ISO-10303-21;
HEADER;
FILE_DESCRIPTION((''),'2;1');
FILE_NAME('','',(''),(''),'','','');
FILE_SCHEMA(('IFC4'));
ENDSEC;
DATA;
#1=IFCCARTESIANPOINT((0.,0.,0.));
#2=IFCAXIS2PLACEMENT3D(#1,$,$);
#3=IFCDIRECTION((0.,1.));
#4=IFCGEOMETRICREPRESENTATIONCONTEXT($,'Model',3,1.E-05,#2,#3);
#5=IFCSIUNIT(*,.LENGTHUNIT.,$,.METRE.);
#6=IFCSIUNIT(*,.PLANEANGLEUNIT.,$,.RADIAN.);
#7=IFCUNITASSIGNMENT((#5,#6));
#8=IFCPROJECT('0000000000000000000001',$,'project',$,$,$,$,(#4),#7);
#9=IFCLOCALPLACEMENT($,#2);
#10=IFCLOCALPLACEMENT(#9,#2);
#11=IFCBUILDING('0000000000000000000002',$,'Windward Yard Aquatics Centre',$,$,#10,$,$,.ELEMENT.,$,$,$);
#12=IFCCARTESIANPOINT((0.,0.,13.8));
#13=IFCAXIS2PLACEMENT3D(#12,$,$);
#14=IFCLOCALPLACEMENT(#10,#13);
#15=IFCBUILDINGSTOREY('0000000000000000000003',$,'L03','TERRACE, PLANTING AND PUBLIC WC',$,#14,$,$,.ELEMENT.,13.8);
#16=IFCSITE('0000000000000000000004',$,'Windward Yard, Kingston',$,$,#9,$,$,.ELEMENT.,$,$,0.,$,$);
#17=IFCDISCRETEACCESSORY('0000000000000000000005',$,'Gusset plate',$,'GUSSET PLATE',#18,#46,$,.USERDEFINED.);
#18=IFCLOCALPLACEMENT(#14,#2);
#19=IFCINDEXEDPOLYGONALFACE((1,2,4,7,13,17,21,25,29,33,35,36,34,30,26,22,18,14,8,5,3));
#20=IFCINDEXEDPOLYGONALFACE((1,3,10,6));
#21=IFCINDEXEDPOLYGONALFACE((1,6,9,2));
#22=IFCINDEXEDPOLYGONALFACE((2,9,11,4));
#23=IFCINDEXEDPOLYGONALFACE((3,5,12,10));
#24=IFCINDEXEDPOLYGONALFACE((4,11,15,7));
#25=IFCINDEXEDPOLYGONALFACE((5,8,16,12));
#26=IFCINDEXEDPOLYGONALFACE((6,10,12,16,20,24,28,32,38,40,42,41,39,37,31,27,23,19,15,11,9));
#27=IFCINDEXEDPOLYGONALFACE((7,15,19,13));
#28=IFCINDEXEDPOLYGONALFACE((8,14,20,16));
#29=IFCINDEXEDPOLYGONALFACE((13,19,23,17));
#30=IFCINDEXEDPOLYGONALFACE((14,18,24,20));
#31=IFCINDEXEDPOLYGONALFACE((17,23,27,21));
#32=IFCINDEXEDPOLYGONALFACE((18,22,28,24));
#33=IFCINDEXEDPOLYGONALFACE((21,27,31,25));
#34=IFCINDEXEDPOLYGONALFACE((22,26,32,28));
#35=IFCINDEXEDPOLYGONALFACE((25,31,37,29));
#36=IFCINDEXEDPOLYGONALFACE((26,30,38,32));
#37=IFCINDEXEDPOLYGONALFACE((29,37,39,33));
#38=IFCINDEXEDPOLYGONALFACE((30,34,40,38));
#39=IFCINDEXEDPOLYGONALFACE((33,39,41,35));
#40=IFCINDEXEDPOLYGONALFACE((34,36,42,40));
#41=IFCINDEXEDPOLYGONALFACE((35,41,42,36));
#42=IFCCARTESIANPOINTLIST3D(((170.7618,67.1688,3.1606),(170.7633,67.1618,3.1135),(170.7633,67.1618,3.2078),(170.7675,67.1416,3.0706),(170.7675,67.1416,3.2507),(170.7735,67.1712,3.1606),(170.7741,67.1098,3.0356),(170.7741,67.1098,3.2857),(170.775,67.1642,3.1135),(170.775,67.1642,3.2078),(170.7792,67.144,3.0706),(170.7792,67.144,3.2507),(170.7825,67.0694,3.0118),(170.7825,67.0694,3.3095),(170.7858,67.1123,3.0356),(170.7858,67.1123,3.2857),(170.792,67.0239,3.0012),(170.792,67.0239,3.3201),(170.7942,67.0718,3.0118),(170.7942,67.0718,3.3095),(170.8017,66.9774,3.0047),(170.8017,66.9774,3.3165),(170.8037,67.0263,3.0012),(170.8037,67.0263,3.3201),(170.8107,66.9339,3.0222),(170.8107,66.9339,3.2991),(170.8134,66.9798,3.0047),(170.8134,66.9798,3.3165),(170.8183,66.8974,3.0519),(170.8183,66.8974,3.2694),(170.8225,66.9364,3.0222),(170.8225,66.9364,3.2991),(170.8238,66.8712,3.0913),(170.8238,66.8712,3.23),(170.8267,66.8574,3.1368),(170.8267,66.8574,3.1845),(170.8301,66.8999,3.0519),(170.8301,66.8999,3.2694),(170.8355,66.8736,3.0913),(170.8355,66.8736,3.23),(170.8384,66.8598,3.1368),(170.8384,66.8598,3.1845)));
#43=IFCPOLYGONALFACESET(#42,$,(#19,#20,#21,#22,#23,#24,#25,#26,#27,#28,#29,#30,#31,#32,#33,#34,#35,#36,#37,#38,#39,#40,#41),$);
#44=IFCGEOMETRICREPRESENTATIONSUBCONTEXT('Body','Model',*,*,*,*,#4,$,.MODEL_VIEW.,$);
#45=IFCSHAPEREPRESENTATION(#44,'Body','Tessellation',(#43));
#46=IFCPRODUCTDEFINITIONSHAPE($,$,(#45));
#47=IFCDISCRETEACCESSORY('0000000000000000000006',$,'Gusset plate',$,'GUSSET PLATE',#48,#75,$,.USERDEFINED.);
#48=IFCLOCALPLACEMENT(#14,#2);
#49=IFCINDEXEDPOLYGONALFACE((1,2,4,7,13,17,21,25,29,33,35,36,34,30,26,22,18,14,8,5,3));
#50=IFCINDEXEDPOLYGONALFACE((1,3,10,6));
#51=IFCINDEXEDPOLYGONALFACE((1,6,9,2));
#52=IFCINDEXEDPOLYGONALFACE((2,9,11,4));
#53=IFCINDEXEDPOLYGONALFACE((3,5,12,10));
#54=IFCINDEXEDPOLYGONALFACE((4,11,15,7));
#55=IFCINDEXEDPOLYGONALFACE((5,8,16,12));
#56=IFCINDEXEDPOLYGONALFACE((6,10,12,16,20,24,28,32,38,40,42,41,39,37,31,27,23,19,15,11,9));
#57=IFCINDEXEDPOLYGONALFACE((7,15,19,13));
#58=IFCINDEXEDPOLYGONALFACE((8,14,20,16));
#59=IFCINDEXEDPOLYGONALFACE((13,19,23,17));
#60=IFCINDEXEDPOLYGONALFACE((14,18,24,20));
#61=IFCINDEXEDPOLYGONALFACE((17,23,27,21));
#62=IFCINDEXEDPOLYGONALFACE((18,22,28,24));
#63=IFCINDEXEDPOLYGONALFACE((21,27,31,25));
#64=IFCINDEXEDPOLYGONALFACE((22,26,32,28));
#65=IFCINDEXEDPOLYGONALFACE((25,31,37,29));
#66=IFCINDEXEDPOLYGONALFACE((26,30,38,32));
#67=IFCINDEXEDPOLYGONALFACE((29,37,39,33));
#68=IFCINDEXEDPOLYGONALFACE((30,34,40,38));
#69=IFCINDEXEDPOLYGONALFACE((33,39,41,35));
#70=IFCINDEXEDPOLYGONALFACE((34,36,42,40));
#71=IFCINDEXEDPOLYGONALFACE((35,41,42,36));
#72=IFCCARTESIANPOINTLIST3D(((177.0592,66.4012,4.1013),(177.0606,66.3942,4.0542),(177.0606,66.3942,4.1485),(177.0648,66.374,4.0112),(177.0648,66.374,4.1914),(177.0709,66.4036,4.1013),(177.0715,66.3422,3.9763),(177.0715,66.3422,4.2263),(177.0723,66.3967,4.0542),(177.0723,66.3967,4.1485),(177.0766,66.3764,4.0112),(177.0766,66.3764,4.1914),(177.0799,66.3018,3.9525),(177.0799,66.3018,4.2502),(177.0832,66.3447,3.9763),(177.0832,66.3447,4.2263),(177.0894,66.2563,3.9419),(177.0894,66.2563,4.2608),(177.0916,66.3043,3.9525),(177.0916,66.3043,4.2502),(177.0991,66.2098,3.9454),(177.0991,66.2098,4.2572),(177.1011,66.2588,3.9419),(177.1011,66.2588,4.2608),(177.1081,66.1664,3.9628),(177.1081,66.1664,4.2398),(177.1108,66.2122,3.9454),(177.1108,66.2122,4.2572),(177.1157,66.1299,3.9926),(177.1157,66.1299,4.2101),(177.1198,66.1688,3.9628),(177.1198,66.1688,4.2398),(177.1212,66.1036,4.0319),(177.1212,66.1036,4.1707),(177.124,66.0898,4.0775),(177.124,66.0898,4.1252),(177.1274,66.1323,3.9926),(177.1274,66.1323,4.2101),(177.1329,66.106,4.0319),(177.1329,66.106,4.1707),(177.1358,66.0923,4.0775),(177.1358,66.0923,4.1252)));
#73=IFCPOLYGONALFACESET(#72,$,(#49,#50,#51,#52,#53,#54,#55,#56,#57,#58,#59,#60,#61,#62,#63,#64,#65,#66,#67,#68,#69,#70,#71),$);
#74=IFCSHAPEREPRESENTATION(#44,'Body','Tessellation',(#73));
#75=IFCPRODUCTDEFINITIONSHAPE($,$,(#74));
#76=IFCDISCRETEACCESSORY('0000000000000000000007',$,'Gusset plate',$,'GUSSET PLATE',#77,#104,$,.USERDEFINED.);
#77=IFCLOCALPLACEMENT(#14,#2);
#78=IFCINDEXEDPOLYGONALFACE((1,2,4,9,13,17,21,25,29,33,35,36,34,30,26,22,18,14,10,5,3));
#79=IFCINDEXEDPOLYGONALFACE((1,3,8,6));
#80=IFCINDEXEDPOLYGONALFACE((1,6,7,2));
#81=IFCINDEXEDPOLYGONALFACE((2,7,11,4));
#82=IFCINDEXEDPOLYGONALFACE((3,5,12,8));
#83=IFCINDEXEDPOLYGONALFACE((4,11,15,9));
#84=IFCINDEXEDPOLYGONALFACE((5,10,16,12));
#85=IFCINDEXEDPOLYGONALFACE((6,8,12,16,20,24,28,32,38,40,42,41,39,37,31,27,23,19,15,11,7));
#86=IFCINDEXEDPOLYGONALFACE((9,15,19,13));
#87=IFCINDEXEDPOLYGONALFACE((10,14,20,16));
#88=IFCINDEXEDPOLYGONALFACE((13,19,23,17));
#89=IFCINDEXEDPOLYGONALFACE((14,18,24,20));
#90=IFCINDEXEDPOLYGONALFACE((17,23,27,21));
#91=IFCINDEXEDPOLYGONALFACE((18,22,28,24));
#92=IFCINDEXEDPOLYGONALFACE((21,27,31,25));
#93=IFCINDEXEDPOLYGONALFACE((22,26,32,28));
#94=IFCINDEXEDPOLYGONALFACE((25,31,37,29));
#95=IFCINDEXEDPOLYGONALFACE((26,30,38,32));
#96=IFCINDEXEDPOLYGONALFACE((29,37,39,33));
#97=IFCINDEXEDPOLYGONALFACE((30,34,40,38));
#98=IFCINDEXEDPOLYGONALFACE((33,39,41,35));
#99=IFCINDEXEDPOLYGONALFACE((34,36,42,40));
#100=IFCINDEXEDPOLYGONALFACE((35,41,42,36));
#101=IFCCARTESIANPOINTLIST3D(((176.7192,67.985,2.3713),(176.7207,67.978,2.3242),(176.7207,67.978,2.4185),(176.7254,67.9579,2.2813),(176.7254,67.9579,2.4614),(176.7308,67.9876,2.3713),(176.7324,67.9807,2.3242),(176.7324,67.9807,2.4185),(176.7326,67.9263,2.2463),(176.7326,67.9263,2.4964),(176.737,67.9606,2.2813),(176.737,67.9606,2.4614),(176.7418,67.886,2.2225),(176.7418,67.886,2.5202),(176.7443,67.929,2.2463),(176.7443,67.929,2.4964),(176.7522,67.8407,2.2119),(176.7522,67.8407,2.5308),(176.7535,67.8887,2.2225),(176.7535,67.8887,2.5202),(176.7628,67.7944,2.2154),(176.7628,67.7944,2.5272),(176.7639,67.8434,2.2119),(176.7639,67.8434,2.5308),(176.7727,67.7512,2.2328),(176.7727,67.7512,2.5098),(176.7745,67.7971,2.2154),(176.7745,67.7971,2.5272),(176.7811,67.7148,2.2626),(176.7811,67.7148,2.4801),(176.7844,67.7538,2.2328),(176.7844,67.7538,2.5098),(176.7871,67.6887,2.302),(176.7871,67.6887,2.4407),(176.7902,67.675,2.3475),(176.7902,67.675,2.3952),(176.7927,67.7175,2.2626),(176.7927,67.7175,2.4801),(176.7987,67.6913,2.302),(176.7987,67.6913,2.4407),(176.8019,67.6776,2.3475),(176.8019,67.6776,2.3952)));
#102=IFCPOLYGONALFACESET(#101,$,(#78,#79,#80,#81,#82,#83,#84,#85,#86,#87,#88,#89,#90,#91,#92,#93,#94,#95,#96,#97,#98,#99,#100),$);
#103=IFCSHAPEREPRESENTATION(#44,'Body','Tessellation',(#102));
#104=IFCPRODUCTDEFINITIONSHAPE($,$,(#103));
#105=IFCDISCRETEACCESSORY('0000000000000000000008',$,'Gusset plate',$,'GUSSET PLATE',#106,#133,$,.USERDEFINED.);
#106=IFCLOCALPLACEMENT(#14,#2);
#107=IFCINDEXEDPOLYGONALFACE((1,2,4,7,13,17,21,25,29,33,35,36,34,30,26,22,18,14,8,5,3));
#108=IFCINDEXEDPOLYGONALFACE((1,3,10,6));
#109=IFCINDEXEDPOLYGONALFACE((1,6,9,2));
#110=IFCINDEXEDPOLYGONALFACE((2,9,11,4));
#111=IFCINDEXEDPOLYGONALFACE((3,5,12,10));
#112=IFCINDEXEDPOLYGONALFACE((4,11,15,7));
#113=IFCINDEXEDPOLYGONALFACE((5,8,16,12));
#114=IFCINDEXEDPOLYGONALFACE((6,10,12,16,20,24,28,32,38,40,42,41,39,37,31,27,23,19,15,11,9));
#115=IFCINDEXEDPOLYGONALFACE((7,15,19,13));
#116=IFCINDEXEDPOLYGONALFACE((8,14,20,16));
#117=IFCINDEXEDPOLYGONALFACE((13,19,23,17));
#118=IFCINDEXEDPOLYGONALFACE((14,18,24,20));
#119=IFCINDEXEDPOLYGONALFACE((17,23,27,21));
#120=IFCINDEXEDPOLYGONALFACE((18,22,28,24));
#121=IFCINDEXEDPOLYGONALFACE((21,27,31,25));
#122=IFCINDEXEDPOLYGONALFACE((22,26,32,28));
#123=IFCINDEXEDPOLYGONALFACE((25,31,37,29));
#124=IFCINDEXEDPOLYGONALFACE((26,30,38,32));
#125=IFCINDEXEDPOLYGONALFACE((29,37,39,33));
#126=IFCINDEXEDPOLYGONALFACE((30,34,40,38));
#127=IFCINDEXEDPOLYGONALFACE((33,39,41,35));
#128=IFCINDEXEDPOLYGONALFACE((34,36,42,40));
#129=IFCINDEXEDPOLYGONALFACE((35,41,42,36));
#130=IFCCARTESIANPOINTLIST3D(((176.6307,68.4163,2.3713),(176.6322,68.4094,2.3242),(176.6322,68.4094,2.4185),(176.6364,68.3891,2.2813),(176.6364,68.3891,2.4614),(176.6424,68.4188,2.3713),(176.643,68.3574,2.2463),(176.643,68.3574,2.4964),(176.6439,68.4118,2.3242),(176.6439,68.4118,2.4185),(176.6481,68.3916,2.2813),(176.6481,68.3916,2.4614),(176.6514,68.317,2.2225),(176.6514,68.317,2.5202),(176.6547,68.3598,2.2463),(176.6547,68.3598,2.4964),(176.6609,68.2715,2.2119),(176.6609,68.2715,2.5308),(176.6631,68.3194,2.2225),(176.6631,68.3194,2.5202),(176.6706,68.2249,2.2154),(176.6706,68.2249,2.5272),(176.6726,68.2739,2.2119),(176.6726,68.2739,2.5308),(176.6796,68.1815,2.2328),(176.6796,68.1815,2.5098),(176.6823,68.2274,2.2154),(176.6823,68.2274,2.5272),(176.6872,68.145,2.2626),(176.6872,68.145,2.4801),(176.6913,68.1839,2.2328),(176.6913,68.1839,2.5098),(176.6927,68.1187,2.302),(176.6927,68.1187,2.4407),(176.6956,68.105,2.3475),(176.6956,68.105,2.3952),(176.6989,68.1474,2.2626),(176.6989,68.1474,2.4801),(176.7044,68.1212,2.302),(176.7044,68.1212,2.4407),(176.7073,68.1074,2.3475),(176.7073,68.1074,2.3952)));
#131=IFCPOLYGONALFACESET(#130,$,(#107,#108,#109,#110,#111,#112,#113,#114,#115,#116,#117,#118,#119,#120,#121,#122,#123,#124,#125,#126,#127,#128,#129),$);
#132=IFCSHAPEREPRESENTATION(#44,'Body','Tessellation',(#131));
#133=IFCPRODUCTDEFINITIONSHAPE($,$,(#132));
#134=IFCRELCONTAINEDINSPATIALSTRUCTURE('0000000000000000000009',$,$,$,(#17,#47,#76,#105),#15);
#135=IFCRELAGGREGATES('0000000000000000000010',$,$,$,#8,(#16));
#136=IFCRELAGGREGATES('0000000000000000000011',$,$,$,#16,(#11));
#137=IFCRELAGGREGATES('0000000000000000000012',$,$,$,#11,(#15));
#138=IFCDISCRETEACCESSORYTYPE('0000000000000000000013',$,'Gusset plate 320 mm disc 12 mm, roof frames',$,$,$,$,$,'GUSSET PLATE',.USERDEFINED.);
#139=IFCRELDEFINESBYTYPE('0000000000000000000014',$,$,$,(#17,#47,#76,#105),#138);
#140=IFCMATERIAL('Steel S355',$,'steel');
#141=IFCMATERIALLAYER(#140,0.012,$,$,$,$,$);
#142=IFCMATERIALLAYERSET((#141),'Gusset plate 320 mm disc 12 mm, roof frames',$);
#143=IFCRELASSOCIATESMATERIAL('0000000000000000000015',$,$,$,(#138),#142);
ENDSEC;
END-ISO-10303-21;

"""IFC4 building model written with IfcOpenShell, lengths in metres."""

from ifc_helpers import new_model, si_unit, direction, frame, origin, origin_2d, place, context, subcontext, project, spatial, circle, extrude, material, layer, layer_set, type_object, element, save


model = new_model("IFC4")

# Units and contexts
model_context = context("Model", 3, precision=1e-05, world=origin(), true_north=direction((0.0, 1.0)))
body_context = subcontext(model_context, "Body", "Model", "MODEL_VIEW")
ifc_project = project(units=[si_unit("LENGTHUNIT", "METRE"), si_unit("PLANEANGLEUNIT", "RADIAN")], contexts=[model_context])

# Site, building, storey
site_placement = place(None, origin())
site = spatial("IfcSite", under=ifc_project, at=site_placement, Name="Windward Yard, Kingston", CompositionType="ELEMENT", RefElevation=0.0)
building_placement = place(site_placement, origin())
building = spatial("IfcBuilding", under=site, at=building_placement, Name="Windward Yard Aquatics Centre", CompositionType="ELEMENT")
storey_placement = place(building_placement, frame((0.0, 0.0, 13.8)))
storey = spatial("IfcBuildingStorey", under=building, at=storey_placement, Name="L03", Description="TERRACE, PLANTING AND PUBLIC WC", CompositionType="ELEMENT", Elevation=13.8)

# Discrete accessories
ifc_material_1 = material(Name="Steel S355", Category="steel")
ifc_layer = layer(ifc_material_1, 0.012)
ifc_layer_set = layer_set([ifc_layer], Name="Gusset plate 320 mm disc 12 mm, roof frames")
discrete_accessory_type = type_object("IfcDiscreteAccessoryType", Name="Gusset plate 320 mm disc 12 mm, roof frames", ElementType="GUSSET PLATE", PredefinedType="USERDEFINED", material=ifc_layer_set)
for number, where, z_axis, x_axis, name in (
    (1, (170.7944, 67.0122, 3.1606), (0.97898, 0.203954, 0.0), (-0.203954, 0.97898, 0.0), "Gusset plate"),
    (2, (177.0918, 66.2446, 4.1013), (0.97898, 0.203954, 0.0), (-0.203954, 0.97898, 0.0), "Gusset plate"),
    (3, (176.7549, 67.8291, 2.3713), (0.974732, 0.223376, 0.0), (-0.223376, 0.974732, 0.0), "Gusset plate"),
    (4, (176.6633, 68.2598, 2.3713), (0.97898, 0.203954, 0.0), (-0.203954, 0.97898, 0.0), "Gusset plate"),
):
    element("IfcDiscreteAccessory", number, at=place(storey_placement, frame(where, z_axis=z_axis, x_axis=x_axis)), inside=storey, type_object=discrete_accessory_type, Name=name, ObjectType="GUSSET PLATE", PredefinedType="USERDEFINED", context=body_context, shape_type="SweptSolid", body=[
        extrude(circle(Radius=0.1599, at=origin_2d()), origin(), (0.0, 0.0, 1.0), 0.012),
    ])

save(model, "model.ifc")
